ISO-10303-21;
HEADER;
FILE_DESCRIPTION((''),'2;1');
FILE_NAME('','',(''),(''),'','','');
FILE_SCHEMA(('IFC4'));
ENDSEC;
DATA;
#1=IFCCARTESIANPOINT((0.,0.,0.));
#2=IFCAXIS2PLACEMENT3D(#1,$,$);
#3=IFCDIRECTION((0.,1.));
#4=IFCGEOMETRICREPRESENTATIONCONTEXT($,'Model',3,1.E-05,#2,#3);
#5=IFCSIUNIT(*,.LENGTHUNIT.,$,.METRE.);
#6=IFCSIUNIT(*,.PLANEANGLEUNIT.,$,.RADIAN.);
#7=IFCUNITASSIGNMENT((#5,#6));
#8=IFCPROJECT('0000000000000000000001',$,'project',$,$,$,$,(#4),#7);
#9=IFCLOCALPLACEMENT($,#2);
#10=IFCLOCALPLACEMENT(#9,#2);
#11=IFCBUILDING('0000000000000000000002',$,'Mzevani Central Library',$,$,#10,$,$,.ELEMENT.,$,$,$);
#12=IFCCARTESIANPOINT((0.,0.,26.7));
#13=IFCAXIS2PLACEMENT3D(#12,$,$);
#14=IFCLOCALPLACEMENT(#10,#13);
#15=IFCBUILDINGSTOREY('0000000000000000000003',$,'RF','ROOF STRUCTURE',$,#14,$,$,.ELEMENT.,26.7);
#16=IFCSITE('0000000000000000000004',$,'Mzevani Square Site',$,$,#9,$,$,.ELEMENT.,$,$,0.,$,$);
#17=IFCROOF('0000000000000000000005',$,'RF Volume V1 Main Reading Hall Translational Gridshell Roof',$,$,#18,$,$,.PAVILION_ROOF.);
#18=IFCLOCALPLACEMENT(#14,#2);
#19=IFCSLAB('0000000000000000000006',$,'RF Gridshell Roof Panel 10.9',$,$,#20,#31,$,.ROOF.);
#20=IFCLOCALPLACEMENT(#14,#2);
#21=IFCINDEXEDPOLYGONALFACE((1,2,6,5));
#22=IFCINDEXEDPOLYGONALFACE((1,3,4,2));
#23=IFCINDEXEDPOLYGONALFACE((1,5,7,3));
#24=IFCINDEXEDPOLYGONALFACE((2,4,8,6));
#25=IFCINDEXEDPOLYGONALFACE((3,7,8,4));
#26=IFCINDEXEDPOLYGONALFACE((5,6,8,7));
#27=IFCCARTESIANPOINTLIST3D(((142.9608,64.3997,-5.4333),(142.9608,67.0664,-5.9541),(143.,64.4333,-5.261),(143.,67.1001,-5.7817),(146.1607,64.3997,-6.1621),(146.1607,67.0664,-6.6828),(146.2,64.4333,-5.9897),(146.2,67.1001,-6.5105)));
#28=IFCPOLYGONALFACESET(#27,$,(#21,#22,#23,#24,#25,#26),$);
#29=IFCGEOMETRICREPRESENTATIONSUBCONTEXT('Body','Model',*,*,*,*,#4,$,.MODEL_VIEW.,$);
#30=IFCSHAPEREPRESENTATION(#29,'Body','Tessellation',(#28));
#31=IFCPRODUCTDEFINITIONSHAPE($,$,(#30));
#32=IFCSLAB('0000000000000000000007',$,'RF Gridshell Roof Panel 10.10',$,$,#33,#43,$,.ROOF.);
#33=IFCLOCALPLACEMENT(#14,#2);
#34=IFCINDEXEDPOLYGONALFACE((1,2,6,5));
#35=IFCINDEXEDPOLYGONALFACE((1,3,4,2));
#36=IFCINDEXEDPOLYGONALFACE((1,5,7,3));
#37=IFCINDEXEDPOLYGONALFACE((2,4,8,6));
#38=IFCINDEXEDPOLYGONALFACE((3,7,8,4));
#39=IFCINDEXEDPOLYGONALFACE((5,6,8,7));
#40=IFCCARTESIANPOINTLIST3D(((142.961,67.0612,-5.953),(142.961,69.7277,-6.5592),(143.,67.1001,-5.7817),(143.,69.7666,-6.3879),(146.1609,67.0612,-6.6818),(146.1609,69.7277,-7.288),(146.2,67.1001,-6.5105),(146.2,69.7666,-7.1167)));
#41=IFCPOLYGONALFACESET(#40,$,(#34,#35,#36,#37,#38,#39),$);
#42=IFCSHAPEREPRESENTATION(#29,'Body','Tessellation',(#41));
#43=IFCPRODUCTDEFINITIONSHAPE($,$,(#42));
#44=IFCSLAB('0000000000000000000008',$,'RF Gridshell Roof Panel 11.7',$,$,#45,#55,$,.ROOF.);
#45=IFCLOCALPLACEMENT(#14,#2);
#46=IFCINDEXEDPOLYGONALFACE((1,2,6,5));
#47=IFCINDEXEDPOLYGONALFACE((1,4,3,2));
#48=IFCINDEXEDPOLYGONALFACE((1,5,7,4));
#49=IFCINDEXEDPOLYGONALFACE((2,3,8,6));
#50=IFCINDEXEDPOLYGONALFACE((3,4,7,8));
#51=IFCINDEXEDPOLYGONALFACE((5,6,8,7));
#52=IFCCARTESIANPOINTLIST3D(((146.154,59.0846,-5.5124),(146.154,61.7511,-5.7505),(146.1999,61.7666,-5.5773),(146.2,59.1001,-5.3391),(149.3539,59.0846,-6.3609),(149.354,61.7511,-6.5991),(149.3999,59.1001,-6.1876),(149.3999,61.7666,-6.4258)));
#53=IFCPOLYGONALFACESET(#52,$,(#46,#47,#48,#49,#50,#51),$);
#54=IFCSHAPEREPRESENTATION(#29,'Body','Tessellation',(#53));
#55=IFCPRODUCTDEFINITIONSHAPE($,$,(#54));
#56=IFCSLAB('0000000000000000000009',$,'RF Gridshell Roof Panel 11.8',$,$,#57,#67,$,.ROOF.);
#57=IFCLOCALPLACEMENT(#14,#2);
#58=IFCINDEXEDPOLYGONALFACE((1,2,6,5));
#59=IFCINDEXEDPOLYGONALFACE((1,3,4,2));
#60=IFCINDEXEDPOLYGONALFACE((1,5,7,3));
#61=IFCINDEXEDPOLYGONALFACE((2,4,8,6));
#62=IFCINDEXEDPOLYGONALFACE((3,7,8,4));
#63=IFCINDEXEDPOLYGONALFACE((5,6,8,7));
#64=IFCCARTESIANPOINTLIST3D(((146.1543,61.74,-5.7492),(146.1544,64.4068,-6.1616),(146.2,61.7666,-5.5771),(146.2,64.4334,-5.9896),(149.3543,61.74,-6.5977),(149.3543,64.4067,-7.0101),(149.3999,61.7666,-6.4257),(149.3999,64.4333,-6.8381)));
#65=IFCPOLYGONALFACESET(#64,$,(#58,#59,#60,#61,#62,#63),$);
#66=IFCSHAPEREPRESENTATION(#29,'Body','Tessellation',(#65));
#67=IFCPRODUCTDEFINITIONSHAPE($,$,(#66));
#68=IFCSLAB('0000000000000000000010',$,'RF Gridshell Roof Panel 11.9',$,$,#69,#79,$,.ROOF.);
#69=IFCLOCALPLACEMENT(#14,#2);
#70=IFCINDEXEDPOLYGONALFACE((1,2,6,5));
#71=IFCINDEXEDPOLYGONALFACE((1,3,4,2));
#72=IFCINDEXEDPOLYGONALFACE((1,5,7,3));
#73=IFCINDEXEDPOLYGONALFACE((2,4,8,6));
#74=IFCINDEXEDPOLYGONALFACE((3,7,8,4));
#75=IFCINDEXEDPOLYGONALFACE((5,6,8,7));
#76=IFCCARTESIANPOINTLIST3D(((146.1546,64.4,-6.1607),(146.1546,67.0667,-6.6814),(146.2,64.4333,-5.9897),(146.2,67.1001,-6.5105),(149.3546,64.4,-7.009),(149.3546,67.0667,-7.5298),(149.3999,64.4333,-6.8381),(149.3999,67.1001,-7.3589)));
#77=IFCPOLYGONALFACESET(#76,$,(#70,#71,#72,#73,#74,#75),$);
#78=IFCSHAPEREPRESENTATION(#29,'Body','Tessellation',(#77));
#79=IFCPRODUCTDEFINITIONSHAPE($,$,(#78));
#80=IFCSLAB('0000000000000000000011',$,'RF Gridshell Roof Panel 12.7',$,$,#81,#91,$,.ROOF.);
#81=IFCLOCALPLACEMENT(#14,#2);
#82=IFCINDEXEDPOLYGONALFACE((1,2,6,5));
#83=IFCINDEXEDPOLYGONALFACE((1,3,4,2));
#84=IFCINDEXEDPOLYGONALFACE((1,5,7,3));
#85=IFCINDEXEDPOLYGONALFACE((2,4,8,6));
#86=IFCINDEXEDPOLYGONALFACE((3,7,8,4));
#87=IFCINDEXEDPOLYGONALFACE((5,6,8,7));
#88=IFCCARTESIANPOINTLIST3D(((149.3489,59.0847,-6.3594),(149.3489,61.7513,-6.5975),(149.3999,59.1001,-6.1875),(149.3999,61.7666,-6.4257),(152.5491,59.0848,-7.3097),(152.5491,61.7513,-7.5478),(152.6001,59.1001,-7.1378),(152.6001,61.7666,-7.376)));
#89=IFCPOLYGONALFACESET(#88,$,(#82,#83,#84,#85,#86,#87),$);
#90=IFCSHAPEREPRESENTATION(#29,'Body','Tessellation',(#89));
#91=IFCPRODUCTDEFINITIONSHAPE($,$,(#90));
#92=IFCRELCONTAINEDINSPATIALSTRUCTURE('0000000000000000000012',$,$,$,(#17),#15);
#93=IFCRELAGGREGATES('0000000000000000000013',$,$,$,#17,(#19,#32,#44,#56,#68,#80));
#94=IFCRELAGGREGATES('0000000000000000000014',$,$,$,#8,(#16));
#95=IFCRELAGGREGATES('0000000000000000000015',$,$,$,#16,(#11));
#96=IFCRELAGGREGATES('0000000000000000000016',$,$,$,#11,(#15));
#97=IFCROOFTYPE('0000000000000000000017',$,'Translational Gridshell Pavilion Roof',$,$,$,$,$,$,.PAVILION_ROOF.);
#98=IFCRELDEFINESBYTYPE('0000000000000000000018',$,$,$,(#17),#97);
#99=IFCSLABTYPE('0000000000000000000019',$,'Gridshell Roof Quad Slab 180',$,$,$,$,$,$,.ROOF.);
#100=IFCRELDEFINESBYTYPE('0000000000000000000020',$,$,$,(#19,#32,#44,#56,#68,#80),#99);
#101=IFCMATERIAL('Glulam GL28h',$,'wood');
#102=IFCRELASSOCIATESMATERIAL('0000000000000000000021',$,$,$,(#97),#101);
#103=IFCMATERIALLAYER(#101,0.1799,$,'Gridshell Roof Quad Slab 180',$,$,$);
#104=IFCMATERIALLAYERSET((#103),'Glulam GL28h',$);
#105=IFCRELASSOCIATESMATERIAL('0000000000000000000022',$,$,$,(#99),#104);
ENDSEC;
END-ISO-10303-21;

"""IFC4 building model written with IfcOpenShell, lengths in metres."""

from ifc_helpers import new_model, si_unit, direction, frame, origin, place, context, subcontext, project, spatial, polyline, outline, extrude, material, layer, layer_set, type_object, element, aggregate, save


model = new_model("IFC4")

# Units and contexts
model_context = context("Model", 3, precision=1e-05, world=origin(), true_north=direction((0.0, 1.0)))
body_context = subcontext(model_context, "Body", "Model", "MODEL_VIEW")
ifc_project = project(units=[si_unit("LENGTHUNIT", "METRE"), si_unit("PLANEANGLEUNIT", "RADIAN")], contexts=[model_context])

# Site, building, storey
site_placement = place(None, origin())
site = spatial("IfcSite", under=ifc_project, at=site_placement, Name="Mzevani Square Site", CompositionType="ELEMENT", RefElevation=0.0)
building_placement = place(site_placement, origin())
building = spatial("IfcBuilding", under=site, at=building_placement, Name="Mzevani Central Library", CompositionType="ELEMENT")
storey_placement = place(building_placement, frame((0.0, 0.0, 26.7)))
storey = spatial("IfcBuildingStorey", under=building, at=storey_placement, Name="RF", Description="ROOF STRUCTURE", CompositionType="ELEMENT", Elevation=26.7)

# Shared definitions
ifc_material_1 = material(Name="Glulam GL28h", Category="wood")

# Roof, slabs
roof_type = type_object("IfcRoofType", Name="Translational Gridshell Pavilion Roof", PredefinedType="PAVILION_ROOF", material=ifc_material_1)
roof_placement = place(storey_placement, origin())
roof = element("IfcRoof", 1, at=roof_placement, inside=storey, type_object=roof_type, Name="RF Volume V1 Main Reading Hall Translational Gridshell Roof", PredefinedType="PAVILION_ROOF")
ifc_layer_1 = layer(ifc_material_1, 0.1799, Name="Gridshell Roof Quad Slab 180")
ifc_layer_set_1 = layer_set([ifc_layer_1], Name="Glulam GL28h")
slab_type = type_object("IfcSlabType", Name="Gridshell Roof Quad Slab 180", PredefinedType="ROOF", material=ifc_layer_set_1)
slab_1_placement = place(storey_placement, frame((143.0, 64.4333, -5.261), z_axis=(0.218136, 0.187041, 0.957827), x_axis=(0.975034, 0.0, -0.222055)))
slab_1 = element("IfcSlab", 2, at=slab_1_placement, type_object=slab_type, Name="RF Gridshell Roof Panel 10.9", PredefinedType="ROOF", context=body_context, shape_type="SweptSolid", body=[
    extrude(outline(polyline([(0.0, 0.0), (3.2819, 0.0), (3.3975, 2.7147), (0.1156, 2.7147), (0.0, 0.0)])), origin(), (0.0, 0.0, -1.0), 0.1799),
])
slab_2_placement = place(storey_placement, frame((143.0, 67.1001, -5.7817), z_axis=(0.216793, 0.216411, 0.951928), x_axis=(0.975034, 0.0, -0.222055)))
slab_2 = element("IfcSlab", 3, at=slab_2_placement, type_object=slab_type, Name="RF Gridshell Roof Panel 10.10", PredefinedType="ROOF", context=body_context, shape_type="SweptSolid", body=[
    extrude(outline(polyline([(0.0, 0.0), (3.2819, 0.0), (3.4165, 2.7312), (0.1346, 2.7312), (0.0, 0.0)])), origin(), (0.0, 0.0, -1.0), 0.1799),
])
slab_3_placement = place(storey_placement, frame((146.2, 59.1001, -5.3391), z_axis=(0.255356, 0.086012, 0.963014), x_axis=(0.966596, -0.000003, -0.256306)))
slab_3 = element("IfcSlab", 4, at=slab_3_placement, type_object=slab_type, Name="RF Gridshell Roof Panel 11.7", PredefinedType="ROOF", context=body_context, shape_type="SweptSolid", body=[
    extrude(outline(polyline([(0.0, 0.0), (3.3105, 0.0), (3.3716, 2.6764), (0.061, 2.6764), (0.0, 0.0)])), origin(), (0.0, 0.0, -1.0), 0.1799),
])
slab_4_placement = place(storey_placement, frame((146.2, 61.7666, -5.5771), z_axis=(0.253489, 0.147863, 0.955971), x_axis=(0.966595, 0.000005, -0.256307)))
slab_4 = element("IfcSlab", 5, at=slab_4_placement, type_object=slab_type, Name="RF Gridshell Roof Panel 11.8", PredefinedType="ROOF", context=body_context, shape_type="SweptSolid", body=[
    extrude(outline(polyline([(0.0, 0.0), (3.3106, 0.0), (3.4163, 2.6964), (0.1058, 2.6964), (0.0, 0.0)])), origin(), (0.0, 0.0, -1.0), 0.1799),
])
slab_5_placement = place(storey_placement, frame((146.2, 64.4333, -5.9897), z_axis=(0.251825, 0.185479, 0.949832), x_axis=(0.966605, 0.0, -0.256272)))
slab_5 = element("IfcSlab", 6, at=slab_5_placement, type_object=slab_type, Name="RF Gridshell Roof Panel 11.9", PredefinedType="ROOF", context=body_context, shape_type="SweptSolid", body=[
    extrude(outline(polyline([(0.0, 0.0), (3.3105, 0.0), (3.444, 2.7138), (0.1335, 2.7138), (0.0, 0.0)])), origin(), (0.0, 0.0, -1.0), 0.1799),
])
slab_6_placement = place(storey_placement, frame((149.3999, 59.1001, -6.1875), z_axis=(0.283632, 0.085308, 0.955131), x_axis=(0.958626, 0.000003, -0.28467)))
slab_6 = element("IfcSlab", 7, at=slab_6_placement, type_object=slab_type, Name="RF Gridshell Roof Panel 12.7", PredefinedType="ROOF", context=body_context, shape_type="SweptSolid", body=[
    extrude(outline(polyline([(0.0, 0.0), (3.3384, 0.0), (3.4061, 2.6762), (0.0678, 2.6763), (0.0, 0.0)])), origin(), (0.0, 0.0, -1.0), 0.1799),
])
aggregate(roof, [slab_1, slab_2, slab_3, slab_4, slab_5, slab_6])

save(model, "model.ifc")
